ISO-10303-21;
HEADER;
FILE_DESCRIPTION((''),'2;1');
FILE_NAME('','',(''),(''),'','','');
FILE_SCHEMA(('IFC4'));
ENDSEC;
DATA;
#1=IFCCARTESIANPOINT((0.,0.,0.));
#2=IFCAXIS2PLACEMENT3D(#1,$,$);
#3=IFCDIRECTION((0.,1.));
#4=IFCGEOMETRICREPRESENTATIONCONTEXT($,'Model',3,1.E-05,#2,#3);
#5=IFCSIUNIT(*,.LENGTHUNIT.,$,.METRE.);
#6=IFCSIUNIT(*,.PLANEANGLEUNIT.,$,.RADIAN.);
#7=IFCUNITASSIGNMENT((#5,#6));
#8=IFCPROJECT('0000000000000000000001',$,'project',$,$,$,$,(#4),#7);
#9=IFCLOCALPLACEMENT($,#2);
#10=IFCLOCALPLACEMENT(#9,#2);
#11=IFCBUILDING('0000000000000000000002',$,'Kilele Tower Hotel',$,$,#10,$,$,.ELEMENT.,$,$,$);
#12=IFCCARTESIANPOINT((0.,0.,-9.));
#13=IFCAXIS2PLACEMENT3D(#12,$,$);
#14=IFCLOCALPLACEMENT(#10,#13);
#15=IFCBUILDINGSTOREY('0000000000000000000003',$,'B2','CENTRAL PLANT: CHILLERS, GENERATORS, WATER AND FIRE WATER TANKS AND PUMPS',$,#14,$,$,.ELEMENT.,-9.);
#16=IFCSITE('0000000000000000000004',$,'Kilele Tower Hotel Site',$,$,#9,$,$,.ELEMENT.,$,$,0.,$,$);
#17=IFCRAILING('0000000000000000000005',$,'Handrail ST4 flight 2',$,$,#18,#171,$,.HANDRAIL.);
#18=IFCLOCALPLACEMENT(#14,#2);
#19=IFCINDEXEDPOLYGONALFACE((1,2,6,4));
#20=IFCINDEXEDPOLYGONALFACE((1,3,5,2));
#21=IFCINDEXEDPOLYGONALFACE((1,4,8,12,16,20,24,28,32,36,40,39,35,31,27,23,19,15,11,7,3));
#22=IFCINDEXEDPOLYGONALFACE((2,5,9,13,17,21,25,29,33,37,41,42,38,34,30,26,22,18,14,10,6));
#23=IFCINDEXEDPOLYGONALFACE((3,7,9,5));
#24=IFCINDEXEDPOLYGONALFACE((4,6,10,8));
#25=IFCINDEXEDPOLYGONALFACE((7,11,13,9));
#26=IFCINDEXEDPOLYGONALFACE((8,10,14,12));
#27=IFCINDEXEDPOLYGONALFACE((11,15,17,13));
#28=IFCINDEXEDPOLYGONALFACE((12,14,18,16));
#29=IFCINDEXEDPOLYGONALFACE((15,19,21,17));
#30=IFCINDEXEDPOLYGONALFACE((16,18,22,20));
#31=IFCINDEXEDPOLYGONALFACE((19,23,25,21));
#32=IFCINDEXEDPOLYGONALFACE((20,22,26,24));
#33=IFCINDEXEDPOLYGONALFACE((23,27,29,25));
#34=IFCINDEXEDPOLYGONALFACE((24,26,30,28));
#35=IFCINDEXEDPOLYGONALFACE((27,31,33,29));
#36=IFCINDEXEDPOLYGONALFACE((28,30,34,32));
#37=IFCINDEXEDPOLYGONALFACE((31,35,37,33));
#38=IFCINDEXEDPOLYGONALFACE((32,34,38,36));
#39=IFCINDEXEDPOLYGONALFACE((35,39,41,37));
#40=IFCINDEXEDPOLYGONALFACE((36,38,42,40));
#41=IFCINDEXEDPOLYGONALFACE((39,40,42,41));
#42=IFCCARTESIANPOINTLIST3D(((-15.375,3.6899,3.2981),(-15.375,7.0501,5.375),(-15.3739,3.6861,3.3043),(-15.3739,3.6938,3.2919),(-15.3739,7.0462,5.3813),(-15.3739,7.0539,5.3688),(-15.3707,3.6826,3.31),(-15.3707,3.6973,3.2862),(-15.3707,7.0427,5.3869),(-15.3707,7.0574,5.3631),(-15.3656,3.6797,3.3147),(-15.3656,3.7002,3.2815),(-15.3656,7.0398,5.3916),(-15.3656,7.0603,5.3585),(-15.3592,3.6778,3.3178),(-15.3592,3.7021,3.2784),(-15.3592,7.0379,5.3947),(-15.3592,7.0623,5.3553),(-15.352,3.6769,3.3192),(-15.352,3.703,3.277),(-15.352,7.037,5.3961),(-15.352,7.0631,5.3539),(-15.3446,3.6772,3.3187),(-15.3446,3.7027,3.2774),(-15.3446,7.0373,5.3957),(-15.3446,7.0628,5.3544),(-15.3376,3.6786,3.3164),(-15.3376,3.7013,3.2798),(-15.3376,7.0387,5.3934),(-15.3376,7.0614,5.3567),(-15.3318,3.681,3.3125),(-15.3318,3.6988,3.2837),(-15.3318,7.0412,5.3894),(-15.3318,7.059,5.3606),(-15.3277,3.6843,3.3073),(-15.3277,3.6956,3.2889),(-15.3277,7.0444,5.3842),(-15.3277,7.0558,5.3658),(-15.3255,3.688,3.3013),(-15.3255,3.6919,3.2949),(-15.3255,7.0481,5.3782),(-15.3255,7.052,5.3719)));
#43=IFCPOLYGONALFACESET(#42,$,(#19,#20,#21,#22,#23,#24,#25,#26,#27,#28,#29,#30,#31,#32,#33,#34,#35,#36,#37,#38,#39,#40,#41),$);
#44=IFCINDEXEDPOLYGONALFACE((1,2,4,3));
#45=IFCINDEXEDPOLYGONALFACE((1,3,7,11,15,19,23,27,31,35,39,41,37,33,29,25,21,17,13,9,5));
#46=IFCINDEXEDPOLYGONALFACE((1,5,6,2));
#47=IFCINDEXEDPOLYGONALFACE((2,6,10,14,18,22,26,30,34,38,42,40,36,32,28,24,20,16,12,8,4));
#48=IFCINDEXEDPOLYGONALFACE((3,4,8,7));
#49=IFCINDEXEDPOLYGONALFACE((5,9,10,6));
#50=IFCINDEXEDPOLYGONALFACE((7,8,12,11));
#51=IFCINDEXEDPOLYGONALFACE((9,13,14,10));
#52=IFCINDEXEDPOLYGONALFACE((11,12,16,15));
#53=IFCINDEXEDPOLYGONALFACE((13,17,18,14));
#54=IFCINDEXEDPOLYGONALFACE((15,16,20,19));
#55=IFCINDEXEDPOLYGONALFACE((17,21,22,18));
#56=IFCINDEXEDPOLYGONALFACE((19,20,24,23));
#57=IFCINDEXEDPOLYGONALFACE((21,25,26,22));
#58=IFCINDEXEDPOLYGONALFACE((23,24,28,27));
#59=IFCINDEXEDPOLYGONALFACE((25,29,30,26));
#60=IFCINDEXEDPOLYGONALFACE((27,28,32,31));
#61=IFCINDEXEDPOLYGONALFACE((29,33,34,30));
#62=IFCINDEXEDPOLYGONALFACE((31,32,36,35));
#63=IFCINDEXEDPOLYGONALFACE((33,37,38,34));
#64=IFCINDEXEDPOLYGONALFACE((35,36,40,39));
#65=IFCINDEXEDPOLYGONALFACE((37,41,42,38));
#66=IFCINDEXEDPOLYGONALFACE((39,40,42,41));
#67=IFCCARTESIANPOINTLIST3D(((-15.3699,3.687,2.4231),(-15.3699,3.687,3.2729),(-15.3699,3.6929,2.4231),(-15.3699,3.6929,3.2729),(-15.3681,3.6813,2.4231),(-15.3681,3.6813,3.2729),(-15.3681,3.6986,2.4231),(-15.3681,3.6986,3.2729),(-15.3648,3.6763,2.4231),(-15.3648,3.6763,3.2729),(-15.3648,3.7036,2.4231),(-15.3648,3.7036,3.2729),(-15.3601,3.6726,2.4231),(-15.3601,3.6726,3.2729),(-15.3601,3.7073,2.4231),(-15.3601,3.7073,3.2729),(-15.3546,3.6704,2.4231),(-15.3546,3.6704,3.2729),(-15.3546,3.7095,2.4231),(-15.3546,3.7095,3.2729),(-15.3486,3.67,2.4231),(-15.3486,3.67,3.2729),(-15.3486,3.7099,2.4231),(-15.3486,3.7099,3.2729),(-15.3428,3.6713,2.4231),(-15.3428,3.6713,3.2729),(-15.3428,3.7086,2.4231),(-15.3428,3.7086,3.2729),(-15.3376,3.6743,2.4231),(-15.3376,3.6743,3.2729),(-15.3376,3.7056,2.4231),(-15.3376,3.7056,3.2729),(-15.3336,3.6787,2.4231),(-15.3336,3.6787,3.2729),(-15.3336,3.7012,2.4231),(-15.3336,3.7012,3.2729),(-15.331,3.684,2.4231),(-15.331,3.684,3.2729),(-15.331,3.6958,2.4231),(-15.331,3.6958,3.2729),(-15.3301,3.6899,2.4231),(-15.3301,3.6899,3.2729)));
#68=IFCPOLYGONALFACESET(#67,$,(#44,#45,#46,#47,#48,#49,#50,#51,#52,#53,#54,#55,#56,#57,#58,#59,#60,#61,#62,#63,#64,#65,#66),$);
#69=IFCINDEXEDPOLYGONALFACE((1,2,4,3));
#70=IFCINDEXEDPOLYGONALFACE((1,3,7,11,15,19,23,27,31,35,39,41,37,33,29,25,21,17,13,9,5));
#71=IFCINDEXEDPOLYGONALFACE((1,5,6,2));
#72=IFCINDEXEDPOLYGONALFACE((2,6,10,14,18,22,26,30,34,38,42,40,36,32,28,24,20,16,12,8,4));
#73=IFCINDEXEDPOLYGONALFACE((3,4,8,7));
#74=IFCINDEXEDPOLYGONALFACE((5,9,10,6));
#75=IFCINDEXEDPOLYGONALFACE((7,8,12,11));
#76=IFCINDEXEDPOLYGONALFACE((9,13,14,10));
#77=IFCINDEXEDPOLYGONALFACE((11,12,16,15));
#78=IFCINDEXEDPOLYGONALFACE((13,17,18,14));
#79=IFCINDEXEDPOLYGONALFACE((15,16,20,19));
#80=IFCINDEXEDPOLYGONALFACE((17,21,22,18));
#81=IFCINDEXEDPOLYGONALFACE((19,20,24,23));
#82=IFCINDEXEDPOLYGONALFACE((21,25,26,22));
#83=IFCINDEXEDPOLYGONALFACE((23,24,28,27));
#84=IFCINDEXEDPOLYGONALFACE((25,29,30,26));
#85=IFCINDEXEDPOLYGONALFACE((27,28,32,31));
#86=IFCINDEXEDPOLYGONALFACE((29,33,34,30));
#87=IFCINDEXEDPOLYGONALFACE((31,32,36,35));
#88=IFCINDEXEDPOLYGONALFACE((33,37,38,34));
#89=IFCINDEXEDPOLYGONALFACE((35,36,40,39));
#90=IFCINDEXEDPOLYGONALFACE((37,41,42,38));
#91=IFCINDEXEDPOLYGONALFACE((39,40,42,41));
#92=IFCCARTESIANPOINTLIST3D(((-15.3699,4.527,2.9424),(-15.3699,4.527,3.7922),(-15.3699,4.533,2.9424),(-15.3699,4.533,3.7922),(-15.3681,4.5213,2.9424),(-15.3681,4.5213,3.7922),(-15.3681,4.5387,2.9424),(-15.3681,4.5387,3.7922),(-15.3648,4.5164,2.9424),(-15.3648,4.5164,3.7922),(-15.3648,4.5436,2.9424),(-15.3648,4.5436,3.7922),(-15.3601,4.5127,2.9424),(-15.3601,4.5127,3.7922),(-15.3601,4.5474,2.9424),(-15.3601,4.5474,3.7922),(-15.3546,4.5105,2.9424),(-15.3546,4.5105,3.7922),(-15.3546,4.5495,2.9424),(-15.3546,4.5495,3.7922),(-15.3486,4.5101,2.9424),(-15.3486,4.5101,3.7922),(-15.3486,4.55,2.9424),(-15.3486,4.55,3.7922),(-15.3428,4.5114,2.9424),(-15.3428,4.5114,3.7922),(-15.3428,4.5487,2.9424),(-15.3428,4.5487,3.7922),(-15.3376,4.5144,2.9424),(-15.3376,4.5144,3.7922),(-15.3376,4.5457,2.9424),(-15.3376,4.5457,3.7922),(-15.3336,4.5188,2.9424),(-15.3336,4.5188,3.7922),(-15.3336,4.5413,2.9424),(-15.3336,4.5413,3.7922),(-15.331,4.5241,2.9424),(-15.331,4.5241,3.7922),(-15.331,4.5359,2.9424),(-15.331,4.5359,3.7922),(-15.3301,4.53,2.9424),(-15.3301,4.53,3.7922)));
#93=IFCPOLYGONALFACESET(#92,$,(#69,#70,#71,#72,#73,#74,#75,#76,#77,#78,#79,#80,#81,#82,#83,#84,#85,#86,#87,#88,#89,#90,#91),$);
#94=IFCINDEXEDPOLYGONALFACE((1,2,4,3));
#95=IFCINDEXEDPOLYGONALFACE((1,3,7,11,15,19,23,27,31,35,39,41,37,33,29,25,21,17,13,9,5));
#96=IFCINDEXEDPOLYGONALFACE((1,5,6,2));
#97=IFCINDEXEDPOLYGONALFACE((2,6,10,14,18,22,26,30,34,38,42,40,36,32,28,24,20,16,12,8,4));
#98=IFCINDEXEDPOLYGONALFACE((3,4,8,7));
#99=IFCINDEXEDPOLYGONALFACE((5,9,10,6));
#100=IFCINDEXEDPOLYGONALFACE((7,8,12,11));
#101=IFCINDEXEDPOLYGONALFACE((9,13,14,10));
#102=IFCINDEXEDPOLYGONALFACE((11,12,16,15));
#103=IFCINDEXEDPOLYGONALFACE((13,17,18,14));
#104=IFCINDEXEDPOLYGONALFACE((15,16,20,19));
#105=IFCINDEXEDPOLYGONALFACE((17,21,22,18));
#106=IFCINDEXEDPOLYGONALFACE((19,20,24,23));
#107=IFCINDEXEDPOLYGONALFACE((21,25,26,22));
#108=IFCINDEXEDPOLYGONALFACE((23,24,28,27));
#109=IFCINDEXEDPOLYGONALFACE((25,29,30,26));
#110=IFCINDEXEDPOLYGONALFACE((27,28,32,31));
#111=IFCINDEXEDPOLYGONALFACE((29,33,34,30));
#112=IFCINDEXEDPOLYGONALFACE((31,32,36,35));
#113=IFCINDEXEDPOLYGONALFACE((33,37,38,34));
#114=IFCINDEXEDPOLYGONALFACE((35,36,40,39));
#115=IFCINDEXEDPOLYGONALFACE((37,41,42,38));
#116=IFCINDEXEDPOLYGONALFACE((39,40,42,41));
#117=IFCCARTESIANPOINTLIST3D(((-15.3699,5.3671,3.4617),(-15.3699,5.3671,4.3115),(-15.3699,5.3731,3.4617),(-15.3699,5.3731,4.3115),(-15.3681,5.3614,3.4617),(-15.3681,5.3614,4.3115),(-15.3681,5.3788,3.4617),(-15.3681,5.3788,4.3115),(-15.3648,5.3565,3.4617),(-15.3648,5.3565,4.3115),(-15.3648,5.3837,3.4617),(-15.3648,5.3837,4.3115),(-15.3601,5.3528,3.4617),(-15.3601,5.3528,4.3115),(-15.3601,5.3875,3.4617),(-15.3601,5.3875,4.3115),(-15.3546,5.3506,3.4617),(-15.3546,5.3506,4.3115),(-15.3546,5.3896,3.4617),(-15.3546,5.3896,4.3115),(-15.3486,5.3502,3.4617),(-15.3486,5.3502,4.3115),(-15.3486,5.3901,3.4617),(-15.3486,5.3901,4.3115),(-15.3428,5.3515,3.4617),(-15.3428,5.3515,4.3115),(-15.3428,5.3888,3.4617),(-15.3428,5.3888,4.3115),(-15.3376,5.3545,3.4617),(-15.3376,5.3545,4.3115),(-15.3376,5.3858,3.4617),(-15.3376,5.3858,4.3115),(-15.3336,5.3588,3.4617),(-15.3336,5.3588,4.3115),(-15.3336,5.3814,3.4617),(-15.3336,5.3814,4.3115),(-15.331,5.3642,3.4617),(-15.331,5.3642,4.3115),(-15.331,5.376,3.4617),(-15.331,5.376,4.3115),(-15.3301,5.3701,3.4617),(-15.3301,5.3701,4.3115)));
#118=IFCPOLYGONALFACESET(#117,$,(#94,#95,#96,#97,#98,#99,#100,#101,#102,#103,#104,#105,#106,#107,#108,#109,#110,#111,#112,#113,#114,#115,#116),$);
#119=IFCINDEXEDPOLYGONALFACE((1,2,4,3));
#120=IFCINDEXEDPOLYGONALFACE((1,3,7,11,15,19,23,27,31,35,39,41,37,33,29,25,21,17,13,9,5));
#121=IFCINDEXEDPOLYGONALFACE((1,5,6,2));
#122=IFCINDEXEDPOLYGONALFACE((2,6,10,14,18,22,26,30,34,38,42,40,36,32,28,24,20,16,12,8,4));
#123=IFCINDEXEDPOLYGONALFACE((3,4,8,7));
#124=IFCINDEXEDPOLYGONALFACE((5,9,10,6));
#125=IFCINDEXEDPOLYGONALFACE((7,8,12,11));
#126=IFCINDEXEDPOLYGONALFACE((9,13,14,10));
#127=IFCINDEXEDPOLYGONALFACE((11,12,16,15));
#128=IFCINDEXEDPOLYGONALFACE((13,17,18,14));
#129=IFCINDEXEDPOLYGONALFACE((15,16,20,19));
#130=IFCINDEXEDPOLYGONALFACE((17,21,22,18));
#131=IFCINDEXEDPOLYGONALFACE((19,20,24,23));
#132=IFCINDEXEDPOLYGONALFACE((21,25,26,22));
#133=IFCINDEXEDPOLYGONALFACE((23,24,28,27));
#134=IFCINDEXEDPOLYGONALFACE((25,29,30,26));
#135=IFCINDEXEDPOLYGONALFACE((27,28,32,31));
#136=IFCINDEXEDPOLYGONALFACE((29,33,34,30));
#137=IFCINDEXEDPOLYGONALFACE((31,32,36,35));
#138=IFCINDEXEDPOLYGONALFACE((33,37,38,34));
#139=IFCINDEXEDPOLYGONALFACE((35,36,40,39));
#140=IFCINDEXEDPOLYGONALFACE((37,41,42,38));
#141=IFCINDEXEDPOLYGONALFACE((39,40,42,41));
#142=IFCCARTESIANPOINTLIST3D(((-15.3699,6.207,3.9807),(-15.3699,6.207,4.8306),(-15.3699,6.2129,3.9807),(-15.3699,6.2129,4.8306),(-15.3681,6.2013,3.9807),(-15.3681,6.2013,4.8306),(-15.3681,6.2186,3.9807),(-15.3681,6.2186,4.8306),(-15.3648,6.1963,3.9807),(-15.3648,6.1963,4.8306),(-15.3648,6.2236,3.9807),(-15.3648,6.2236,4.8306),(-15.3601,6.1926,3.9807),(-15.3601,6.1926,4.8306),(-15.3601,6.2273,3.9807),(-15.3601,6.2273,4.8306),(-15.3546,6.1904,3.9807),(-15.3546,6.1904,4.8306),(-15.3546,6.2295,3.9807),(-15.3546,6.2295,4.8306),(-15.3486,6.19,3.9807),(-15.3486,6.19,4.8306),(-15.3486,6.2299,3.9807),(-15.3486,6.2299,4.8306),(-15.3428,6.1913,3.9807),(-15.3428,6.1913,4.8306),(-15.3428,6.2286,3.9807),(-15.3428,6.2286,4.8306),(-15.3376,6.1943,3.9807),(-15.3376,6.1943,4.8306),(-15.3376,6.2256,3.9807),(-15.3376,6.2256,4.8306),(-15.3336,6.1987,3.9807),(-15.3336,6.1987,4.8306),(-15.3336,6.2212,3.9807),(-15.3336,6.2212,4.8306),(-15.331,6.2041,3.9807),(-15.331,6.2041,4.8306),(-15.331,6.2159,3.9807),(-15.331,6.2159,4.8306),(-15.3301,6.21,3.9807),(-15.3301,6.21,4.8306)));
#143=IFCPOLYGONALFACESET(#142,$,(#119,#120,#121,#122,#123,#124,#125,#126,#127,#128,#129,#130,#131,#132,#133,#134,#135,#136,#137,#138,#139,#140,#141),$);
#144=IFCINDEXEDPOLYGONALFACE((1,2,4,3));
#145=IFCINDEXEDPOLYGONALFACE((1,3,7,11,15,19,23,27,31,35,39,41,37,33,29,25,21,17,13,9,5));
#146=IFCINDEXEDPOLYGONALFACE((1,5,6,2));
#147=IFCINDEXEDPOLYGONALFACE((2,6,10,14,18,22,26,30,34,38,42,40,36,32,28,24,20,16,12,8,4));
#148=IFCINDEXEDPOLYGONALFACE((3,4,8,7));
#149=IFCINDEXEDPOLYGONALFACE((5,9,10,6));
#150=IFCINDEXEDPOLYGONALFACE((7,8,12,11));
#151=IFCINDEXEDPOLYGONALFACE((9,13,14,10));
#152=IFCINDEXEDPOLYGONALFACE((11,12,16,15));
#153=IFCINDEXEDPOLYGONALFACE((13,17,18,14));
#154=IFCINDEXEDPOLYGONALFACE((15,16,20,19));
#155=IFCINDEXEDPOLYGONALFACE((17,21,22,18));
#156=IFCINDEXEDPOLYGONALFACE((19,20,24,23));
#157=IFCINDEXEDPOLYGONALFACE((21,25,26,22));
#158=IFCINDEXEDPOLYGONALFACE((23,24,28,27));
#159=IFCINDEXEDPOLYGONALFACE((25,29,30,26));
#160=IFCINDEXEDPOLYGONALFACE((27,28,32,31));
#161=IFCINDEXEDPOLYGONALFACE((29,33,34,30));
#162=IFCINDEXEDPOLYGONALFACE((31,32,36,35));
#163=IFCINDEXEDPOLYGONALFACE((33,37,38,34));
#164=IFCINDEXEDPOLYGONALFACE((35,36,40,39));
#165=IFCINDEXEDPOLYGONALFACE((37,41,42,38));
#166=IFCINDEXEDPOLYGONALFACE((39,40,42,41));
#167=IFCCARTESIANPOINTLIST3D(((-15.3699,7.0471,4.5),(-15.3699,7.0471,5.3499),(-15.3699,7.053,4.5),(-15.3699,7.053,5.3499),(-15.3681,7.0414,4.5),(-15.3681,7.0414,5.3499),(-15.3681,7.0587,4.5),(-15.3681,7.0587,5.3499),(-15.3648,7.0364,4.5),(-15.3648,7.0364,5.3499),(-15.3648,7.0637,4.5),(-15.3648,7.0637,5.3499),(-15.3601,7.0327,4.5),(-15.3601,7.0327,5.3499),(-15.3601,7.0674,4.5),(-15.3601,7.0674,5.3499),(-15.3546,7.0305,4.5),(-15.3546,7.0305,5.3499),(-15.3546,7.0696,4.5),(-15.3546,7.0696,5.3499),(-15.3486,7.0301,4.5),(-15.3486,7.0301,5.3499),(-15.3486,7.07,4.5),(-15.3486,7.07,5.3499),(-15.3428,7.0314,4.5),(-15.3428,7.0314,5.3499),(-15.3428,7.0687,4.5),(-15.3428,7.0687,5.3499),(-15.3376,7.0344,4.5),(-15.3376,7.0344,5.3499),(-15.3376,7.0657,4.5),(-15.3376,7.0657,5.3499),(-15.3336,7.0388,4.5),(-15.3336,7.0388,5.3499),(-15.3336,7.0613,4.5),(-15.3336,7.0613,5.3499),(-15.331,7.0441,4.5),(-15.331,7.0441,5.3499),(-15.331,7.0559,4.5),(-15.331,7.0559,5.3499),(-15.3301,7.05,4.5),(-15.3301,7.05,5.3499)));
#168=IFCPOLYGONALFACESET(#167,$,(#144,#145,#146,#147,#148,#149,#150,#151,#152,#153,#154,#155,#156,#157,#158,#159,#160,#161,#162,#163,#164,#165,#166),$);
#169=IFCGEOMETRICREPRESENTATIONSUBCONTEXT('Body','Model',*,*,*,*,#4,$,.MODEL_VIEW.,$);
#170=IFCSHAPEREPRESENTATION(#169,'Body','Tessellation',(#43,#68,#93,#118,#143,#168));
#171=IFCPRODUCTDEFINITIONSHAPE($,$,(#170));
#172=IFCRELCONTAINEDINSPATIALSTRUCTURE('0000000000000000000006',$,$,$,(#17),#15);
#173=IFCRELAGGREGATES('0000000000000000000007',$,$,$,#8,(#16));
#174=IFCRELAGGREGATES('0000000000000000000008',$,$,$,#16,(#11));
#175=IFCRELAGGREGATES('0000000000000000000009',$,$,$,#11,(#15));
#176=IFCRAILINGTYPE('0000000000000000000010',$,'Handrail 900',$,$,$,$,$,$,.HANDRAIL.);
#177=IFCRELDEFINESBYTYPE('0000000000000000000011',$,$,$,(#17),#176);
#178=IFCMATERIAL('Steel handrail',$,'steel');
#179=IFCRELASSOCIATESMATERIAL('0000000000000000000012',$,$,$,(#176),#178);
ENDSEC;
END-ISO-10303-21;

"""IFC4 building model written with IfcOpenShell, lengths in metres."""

from ifc_helpers import new_model, si_unit, direction, frame, origin, origin_2d, place, context, subcontext, project, spatial, circle, extrude, material, type_object, element, save


model = new_model("IFC4")

# Units and contexts
model_context = context("Model", 3, precision=1e-05, world=origin(), true_north=direction((0.0, 1.0)))
body_context = subcontext(model_context, "Body", "Model", "MODEL_VIEW")
ifc_project = project(units=[si_unit("LENGTHUNIT", "METRE"), si_unit("PLANEANGLEUNIT", "RADIAN")], contexts=[model_context])

# Site, building, storey
site_placement = place(None, origin())
site = spatial("IfcSite", under=ifc_project, at=site_placement, Name="Kilele Tower Hotel Site", CompositionType="ELEMENT", RefElevation=0.0)
building_placement = place(site_placement, origin())
building = spatial("IfcBuilding", under=site, at=building_placement, Name="Kilele Tower Hotel", CompositionType="ELEMENT")
storey_placement = place(building_placement, frame((0.0, 0.0, -9.0)))
storey = spatial("IfcBuildingStorey", under=building, at=storey_placement, Name="B2", Description="CENTRAL PLANT: CHILLERS, GENERATORS, WATER AND FIRE WATER TANKS AND PUMPS", CompositionType="ELEMENT", Elevation=-9.0)

# Railing
ifc_material_1 = material(Name="Steel handrail", Category="steel")
railing_type_1 = type_object("IfcRailingType", Name="Handrail 900", PredefinedType="HANDRAIL", material=ifc_material_1)
for number, where, name in (
    (1, (-15.3501, 3.6899, 2.4231), "Handrail ST4 flight 2"),
):
    element("IfcRailing", number, at=place(storey_placement, frame(where)), inside=storey, type_object=railing_type_1, Name=name, PredefinedType="HANDRAIL", context=body_context, shape_type="SweptSolid", body=[
        extrude(circle(Radius=0.0249, at=origin_2d()), frame((0.0, 0.0, 0.875), z_axis=(0.0, 0.850623, 0.525776), x_axis=(-1.0, 0.0, 0.0)), (0.0, 0.0, 1.0), 3.9502),
        extrude(circle(Radius=0.02, at=origin_2d()), origin(), (0.0, 0.0, 1.0), 0.8499),
        extrude(circle(Radius=0.02, at=origin_2d()), frame((0.0, 0.8401, 0.5193)), (0.0, 0.0, 1.0), 0.8499),
        extrude(circle(Radius=0.02, at=origin_2d()), frame((0.0, 1.6802, 1.0386)), (0.0, 0.0, 1.0), 0.8499),
        extrude(circle(Radius=0.02, at=origin_2d()), frame((0.0, 2.52, 1.5576)), (0.0, 0.0, 1.0), 0.8499),
        extrude(circle(Radius=0.02, at=origin_2d()), frame((0.0, 3.3601, 2.0769)), (0.0, 0.0, 1.0), 0.8499),
    ])

save(model, "model.ifc")
